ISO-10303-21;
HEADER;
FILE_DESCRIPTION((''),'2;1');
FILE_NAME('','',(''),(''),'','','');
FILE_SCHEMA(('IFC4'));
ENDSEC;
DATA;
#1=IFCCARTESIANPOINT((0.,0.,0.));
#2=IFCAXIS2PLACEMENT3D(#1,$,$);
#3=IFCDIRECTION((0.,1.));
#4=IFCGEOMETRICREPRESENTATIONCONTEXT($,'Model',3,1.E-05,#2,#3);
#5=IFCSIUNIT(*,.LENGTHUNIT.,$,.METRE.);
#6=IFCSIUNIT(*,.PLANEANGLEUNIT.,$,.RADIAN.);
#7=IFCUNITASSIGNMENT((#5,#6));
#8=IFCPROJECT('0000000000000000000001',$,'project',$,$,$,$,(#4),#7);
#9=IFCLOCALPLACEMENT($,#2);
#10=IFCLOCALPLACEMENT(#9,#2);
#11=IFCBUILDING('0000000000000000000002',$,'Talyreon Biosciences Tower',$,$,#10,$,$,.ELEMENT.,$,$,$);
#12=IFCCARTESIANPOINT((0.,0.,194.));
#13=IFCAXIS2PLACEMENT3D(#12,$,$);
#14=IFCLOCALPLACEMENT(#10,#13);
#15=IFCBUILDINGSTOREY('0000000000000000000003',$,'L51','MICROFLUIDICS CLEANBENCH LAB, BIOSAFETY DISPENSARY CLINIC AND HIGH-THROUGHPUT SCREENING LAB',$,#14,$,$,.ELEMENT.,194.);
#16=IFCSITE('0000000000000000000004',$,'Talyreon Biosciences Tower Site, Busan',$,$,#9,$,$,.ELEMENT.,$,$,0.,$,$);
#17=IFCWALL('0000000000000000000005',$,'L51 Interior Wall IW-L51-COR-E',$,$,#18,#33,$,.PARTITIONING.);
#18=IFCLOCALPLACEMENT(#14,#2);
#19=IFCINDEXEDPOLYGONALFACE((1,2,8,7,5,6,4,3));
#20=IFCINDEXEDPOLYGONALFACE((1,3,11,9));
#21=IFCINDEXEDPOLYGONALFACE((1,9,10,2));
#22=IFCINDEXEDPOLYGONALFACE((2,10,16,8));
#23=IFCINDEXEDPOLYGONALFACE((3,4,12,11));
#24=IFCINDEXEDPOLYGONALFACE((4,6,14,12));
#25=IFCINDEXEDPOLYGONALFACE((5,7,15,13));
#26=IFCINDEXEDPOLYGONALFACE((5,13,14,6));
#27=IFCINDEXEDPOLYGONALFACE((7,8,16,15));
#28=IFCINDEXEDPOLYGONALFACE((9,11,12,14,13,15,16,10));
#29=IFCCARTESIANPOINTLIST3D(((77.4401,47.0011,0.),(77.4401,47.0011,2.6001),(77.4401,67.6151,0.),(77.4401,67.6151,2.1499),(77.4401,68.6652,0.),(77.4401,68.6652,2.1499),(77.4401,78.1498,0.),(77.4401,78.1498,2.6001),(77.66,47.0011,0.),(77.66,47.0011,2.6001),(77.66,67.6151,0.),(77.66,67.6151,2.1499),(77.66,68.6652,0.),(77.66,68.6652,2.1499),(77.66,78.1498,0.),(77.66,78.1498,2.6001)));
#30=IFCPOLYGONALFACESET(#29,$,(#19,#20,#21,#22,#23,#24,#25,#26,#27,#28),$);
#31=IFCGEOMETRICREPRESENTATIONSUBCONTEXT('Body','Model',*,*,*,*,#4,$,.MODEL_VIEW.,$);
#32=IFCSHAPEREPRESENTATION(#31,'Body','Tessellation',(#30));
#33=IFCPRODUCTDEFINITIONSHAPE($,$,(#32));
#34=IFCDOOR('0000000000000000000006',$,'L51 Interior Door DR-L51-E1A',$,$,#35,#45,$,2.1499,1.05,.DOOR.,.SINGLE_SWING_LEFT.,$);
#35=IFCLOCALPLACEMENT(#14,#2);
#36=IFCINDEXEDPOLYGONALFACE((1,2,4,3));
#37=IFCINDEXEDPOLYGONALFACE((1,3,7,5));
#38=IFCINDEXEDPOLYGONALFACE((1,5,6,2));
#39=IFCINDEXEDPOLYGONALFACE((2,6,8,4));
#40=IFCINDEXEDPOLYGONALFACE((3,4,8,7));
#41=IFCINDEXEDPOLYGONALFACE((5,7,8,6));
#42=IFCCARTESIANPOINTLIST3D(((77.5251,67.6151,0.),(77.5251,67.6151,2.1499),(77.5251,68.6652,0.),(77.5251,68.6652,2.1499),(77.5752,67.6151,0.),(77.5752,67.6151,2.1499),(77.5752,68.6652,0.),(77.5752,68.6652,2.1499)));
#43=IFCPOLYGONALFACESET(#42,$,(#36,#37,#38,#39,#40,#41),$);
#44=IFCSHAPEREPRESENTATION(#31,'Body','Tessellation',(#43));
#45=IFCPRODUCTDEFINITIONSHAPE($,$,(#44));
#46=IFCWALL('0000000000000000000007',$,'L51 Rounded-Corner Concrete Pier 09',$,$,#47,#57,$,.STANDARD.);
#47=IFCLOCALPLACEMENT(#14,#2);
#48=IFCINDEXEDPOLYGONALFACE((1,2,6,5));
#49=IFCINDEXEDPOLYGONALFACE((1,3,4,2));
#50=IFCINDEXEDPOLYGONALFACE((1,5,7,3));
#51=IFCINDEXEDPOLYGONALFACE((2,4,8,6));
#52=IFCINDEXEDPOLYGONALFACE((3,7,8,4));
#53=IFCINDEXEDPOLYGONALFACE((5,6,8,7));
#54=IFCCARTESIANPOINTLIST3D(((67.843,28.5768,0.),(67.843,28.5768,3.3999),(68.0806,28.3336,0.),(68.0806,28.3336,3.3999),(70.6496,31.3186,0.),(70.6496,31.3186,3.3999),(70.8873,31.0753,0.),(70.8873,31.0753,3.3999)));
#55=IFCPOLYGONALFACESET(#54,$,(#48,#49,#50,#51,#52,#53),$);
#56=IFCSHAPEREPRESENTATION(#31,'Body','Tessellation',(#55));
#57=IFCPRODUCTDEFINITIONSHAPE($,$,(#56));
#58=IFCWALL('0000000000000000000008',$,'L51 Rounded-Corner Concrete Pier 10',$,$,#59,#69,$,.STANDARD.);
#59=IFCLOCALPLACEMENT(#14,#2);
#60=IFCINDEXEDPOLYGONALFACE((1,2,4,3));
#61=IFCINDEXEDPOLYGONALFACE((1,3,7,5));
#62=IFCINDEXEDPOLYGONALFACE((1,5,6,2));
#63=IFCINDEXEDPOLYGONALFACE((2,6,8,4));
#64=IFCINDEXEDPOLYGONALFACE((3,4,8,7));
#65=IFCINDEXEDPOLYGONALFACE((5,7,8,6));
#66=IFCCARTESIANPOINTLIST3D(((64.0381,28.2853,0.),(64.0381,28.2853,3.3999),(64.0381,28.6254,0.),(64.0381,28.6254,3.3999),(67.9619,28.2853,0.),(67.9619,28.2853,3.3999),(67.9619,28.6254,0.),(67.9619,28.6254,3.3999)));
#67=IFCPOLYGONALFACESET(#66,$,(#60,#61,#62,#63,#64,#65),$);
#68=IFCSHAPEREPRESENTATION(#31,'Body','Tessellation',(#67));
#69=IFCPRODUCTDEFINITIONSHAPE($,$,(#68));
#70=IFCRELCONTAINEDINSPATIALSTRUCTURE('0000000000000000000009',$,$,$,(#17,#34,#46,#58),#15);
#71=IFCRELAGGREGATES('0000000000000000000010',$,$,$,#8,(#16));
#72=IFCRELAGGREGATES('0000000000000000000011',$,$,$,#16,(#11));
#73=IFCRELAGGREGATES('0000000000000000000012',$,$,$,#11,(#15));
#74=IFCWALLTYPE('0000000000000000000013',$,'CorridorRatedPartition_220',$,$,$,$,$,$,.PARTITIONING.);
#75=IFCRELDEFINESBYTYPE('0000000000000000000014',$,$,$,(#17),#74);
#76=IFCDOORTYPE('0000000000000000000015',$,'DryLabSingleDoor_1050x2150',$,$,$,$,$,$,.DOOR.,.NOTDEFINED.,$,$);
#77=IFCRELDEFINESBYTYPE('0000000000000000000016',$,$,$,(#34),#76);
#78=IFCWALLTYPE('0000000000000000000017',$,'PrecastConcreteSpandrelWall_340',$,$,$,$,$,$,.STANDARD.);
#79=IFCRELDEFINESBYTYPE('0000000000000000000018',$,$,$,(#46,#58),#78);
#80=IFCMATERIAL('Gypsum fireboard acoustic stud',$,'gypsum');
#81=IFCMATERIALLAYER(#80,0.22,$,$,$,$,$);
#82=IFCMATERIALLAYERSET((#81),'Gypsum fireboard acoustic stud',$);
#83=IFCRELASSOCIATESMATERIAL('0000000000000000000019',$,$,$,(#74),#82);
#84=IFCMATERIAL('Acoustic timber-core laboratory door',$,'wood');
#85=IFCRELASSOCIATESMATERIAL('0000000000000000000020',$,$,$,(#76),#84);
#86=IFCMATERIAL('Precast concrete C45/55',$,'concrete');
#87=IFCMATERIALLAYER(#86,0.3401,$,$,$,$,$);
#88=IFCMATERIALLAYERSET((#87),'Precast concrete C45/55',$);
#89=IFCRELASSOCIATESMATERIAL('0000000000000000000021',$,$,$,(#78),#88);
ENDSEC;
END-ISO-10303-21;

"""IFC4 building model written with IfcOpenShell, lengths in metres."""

from ifc_helpers import new_model, si_unit, direction, frame, frame_2d, origin, place, context, subcontext, project, spatial, rectangle, extrude, material, layer, layer_set, type_object, element, fill, save


model = new_model("IFC4")

# Units and contexts
model_context = context("Model", 3, precision=1e-05, world=origin(), true_north=direction((0.0, 1.0)))
body_context = subcontext(model_context, "Body", "Model", "MODEL_VIEW")
ifc_project = project(units=[si_unit("LENGTHUNIT", "METRE"), si_unit("PLANEANGLEUNIT", "RADIAN")], contexts=[model_context])

# Site, building, storey
site_placement = place(None, origin())
site = spatial("IfcSite", under=ifc_project, at=site_placement, Name="Talyreon Biosciences Tower Site, Busan", CompositionType="ELEMENT", RefElevation=0.0)
building_placement = place(site_placement, origin())
building = spatial("IfcBuilding", under=site, at=building_placement, Name="Talyreon Biosciences Tower", CompositionType="ELEMENT")
storey_placement = place(building_placement, frame((0.0, 0.0, 194.0)))
storey = spatial("IfcBuildingStorey", under=building, at=storey_placement, Name="L51", Description="MICROFLUIDICS CLEANBENCH LAB, BIOSAFETY DISPENSARY CLINIC AND HIGH-THROUGHPUT SCREENING LAB", CompositionType="ELEMENT", Elevation=194.0)

# Shared definitions
ifc_material_1 = material(Name="Precast concrete C45/55", Category="concrete")

# Wall, opening, door
ifc_material_2 = material(Name="Gypsum fireboard acoustic stud", Category="gypsum")
ifc_layer_1 = layer(ifc_material_2, 0.22)
ifc_layer_set_1 = layer_set([ifc_layer_1], Name="Gypsum fireboard acoustic stud")
wall_type_1 = type_object("IfcWallType", Name="CorridorRatedPartition_220", PredefinedType="PARTITIONING", material=ifc_layer_set_1)
wall_1_placement = place(storey_placement, frame((77.55, 47.0012, 0.0), z_axis=(0.0, 0.0, 1.0), x_axis=(0.0, 1.0, 0.0)))
wall_1 = element("IfcWall", 1, at=wall_1_placement, inside=storey, type_object=wall_type_1, Name="L51 Interior Wall IW-L51-COR-E", PredefinedType="PARTITIONING", context=body_context, shape_type="SweptSolid", body=[
    extrude(rectangle(XDim=31.1487, YDim=0.22, at=frame_2d((15.5742, 0.0))), origin(), (0.0, 0.0, 1.0), 2.6001),
])
opening_placement = place(wall_1_placement, frame((20.614, 0.0, 0.0)))
opening = element("IfcOpeningElement", 2, at=opening_placement, cuts=wall_1, PredefinedType="OPENING", context=body_context, shape_type="SweptSolid", body=[
    extrude(rectangle(XDim=1.05, YDim=2.1499, at=frame_2d((0.5249, 1.075))), frame((0.0, 0.1199, 0.0), z_axis=(0.0, -1.0, 0.0), x_axis=(1.0, 0.0, 0.0)), (0.0, 0.0, 1.0), 0.24),
])
ifc_material_3 = material(Name="Acoustic timber-core laboratory door", Category="wood")
door_type = type_object("IfcDoorType", Name="DryLabSingleDoor_1050x2150", OperationType="NOTDEFINED", PredefinedType="DOOR", material=ifc_material_3)
door_placement = place(opening_placement, origin())
door = element("IfcDoor", 3, at=door_placement, inside=storey, type_object=door_type, Name="L51 Interior Door DR-L51-E1A", OperationType="SINGLE_SWING_LEFT", OverallHeight=2.1499, OverallWidth=1.05, PredefinedType="DOOR", context=body_context, shape_type="SweptSolid", body=[
    extrude(rectangle(XDim=1.05, YDim=2.1499, at=frame_2d((0.5249, 1.075))), frame((0.0, 0.0249, 0.0), z_axis=(0.0, -1.0, 0.0), x_axis=(1.0, 0.0, 0.0)), (0.0, 0.0, 1.0), 0.05),
])
fill(opening, door)

# Walls
ifc_layer_2 = layer(ifc_material_1, 0.3401)
ifc_layer_set_2 = layer_set([ifc_layer_2], Name="Precast concrete C45/55")
wall_type_2 = type_object("IfcWallType", Name="PrecastConcreteSpandrelWall_340", PredefinedType="STANDARD", material=ifc_layer_set_2)
wall_2_placement = place(storey_placement, frame((70.7686, 31.197, 0.0), z_axis=(0.0, 0.0, 1.0), x_axis=(-0.715334, -0.698782, 0.0)))
element("IfcWall", 4, at=wall_2_placement, inside=storey, type_object=wall_type_2, Name="L51 Rounded-Corner Concrete Pier 09", PredefinedType="STANDARD", context=body_context, shape_type="SweptSolid", body=[
    extrude(rectangle(XDim=3.9236, YDim=0.3401, at=frame_2d((1.9619, 0.0))), origin(), (0.0, 0.0, 1.0), 3.3999),
])
wall_3_placement = place(storey_placement, frame((67.9619, 28.4553, 0.0), z_axis=(0.0, 0.0, 1.0), x_axis=(-1.0, 0.0, 0.0)))
element("IfcWall", 5, at=wall_3_placement, inside=storey, type_object=wall_type_2, Name="L51 Rounded-Corner Concrete Pier 10", PredefinedType="STANDARD", context=body_context, shape_type="SweptSolid", body=[
    extrude(rectangle(XDim=3.9238, YDim=0.3401, at=frame_2d((1.9619, 0.0))), origin(), (0.0, 0.0, 1.0), 3.3999),
])

save(model, "model.ifc")
